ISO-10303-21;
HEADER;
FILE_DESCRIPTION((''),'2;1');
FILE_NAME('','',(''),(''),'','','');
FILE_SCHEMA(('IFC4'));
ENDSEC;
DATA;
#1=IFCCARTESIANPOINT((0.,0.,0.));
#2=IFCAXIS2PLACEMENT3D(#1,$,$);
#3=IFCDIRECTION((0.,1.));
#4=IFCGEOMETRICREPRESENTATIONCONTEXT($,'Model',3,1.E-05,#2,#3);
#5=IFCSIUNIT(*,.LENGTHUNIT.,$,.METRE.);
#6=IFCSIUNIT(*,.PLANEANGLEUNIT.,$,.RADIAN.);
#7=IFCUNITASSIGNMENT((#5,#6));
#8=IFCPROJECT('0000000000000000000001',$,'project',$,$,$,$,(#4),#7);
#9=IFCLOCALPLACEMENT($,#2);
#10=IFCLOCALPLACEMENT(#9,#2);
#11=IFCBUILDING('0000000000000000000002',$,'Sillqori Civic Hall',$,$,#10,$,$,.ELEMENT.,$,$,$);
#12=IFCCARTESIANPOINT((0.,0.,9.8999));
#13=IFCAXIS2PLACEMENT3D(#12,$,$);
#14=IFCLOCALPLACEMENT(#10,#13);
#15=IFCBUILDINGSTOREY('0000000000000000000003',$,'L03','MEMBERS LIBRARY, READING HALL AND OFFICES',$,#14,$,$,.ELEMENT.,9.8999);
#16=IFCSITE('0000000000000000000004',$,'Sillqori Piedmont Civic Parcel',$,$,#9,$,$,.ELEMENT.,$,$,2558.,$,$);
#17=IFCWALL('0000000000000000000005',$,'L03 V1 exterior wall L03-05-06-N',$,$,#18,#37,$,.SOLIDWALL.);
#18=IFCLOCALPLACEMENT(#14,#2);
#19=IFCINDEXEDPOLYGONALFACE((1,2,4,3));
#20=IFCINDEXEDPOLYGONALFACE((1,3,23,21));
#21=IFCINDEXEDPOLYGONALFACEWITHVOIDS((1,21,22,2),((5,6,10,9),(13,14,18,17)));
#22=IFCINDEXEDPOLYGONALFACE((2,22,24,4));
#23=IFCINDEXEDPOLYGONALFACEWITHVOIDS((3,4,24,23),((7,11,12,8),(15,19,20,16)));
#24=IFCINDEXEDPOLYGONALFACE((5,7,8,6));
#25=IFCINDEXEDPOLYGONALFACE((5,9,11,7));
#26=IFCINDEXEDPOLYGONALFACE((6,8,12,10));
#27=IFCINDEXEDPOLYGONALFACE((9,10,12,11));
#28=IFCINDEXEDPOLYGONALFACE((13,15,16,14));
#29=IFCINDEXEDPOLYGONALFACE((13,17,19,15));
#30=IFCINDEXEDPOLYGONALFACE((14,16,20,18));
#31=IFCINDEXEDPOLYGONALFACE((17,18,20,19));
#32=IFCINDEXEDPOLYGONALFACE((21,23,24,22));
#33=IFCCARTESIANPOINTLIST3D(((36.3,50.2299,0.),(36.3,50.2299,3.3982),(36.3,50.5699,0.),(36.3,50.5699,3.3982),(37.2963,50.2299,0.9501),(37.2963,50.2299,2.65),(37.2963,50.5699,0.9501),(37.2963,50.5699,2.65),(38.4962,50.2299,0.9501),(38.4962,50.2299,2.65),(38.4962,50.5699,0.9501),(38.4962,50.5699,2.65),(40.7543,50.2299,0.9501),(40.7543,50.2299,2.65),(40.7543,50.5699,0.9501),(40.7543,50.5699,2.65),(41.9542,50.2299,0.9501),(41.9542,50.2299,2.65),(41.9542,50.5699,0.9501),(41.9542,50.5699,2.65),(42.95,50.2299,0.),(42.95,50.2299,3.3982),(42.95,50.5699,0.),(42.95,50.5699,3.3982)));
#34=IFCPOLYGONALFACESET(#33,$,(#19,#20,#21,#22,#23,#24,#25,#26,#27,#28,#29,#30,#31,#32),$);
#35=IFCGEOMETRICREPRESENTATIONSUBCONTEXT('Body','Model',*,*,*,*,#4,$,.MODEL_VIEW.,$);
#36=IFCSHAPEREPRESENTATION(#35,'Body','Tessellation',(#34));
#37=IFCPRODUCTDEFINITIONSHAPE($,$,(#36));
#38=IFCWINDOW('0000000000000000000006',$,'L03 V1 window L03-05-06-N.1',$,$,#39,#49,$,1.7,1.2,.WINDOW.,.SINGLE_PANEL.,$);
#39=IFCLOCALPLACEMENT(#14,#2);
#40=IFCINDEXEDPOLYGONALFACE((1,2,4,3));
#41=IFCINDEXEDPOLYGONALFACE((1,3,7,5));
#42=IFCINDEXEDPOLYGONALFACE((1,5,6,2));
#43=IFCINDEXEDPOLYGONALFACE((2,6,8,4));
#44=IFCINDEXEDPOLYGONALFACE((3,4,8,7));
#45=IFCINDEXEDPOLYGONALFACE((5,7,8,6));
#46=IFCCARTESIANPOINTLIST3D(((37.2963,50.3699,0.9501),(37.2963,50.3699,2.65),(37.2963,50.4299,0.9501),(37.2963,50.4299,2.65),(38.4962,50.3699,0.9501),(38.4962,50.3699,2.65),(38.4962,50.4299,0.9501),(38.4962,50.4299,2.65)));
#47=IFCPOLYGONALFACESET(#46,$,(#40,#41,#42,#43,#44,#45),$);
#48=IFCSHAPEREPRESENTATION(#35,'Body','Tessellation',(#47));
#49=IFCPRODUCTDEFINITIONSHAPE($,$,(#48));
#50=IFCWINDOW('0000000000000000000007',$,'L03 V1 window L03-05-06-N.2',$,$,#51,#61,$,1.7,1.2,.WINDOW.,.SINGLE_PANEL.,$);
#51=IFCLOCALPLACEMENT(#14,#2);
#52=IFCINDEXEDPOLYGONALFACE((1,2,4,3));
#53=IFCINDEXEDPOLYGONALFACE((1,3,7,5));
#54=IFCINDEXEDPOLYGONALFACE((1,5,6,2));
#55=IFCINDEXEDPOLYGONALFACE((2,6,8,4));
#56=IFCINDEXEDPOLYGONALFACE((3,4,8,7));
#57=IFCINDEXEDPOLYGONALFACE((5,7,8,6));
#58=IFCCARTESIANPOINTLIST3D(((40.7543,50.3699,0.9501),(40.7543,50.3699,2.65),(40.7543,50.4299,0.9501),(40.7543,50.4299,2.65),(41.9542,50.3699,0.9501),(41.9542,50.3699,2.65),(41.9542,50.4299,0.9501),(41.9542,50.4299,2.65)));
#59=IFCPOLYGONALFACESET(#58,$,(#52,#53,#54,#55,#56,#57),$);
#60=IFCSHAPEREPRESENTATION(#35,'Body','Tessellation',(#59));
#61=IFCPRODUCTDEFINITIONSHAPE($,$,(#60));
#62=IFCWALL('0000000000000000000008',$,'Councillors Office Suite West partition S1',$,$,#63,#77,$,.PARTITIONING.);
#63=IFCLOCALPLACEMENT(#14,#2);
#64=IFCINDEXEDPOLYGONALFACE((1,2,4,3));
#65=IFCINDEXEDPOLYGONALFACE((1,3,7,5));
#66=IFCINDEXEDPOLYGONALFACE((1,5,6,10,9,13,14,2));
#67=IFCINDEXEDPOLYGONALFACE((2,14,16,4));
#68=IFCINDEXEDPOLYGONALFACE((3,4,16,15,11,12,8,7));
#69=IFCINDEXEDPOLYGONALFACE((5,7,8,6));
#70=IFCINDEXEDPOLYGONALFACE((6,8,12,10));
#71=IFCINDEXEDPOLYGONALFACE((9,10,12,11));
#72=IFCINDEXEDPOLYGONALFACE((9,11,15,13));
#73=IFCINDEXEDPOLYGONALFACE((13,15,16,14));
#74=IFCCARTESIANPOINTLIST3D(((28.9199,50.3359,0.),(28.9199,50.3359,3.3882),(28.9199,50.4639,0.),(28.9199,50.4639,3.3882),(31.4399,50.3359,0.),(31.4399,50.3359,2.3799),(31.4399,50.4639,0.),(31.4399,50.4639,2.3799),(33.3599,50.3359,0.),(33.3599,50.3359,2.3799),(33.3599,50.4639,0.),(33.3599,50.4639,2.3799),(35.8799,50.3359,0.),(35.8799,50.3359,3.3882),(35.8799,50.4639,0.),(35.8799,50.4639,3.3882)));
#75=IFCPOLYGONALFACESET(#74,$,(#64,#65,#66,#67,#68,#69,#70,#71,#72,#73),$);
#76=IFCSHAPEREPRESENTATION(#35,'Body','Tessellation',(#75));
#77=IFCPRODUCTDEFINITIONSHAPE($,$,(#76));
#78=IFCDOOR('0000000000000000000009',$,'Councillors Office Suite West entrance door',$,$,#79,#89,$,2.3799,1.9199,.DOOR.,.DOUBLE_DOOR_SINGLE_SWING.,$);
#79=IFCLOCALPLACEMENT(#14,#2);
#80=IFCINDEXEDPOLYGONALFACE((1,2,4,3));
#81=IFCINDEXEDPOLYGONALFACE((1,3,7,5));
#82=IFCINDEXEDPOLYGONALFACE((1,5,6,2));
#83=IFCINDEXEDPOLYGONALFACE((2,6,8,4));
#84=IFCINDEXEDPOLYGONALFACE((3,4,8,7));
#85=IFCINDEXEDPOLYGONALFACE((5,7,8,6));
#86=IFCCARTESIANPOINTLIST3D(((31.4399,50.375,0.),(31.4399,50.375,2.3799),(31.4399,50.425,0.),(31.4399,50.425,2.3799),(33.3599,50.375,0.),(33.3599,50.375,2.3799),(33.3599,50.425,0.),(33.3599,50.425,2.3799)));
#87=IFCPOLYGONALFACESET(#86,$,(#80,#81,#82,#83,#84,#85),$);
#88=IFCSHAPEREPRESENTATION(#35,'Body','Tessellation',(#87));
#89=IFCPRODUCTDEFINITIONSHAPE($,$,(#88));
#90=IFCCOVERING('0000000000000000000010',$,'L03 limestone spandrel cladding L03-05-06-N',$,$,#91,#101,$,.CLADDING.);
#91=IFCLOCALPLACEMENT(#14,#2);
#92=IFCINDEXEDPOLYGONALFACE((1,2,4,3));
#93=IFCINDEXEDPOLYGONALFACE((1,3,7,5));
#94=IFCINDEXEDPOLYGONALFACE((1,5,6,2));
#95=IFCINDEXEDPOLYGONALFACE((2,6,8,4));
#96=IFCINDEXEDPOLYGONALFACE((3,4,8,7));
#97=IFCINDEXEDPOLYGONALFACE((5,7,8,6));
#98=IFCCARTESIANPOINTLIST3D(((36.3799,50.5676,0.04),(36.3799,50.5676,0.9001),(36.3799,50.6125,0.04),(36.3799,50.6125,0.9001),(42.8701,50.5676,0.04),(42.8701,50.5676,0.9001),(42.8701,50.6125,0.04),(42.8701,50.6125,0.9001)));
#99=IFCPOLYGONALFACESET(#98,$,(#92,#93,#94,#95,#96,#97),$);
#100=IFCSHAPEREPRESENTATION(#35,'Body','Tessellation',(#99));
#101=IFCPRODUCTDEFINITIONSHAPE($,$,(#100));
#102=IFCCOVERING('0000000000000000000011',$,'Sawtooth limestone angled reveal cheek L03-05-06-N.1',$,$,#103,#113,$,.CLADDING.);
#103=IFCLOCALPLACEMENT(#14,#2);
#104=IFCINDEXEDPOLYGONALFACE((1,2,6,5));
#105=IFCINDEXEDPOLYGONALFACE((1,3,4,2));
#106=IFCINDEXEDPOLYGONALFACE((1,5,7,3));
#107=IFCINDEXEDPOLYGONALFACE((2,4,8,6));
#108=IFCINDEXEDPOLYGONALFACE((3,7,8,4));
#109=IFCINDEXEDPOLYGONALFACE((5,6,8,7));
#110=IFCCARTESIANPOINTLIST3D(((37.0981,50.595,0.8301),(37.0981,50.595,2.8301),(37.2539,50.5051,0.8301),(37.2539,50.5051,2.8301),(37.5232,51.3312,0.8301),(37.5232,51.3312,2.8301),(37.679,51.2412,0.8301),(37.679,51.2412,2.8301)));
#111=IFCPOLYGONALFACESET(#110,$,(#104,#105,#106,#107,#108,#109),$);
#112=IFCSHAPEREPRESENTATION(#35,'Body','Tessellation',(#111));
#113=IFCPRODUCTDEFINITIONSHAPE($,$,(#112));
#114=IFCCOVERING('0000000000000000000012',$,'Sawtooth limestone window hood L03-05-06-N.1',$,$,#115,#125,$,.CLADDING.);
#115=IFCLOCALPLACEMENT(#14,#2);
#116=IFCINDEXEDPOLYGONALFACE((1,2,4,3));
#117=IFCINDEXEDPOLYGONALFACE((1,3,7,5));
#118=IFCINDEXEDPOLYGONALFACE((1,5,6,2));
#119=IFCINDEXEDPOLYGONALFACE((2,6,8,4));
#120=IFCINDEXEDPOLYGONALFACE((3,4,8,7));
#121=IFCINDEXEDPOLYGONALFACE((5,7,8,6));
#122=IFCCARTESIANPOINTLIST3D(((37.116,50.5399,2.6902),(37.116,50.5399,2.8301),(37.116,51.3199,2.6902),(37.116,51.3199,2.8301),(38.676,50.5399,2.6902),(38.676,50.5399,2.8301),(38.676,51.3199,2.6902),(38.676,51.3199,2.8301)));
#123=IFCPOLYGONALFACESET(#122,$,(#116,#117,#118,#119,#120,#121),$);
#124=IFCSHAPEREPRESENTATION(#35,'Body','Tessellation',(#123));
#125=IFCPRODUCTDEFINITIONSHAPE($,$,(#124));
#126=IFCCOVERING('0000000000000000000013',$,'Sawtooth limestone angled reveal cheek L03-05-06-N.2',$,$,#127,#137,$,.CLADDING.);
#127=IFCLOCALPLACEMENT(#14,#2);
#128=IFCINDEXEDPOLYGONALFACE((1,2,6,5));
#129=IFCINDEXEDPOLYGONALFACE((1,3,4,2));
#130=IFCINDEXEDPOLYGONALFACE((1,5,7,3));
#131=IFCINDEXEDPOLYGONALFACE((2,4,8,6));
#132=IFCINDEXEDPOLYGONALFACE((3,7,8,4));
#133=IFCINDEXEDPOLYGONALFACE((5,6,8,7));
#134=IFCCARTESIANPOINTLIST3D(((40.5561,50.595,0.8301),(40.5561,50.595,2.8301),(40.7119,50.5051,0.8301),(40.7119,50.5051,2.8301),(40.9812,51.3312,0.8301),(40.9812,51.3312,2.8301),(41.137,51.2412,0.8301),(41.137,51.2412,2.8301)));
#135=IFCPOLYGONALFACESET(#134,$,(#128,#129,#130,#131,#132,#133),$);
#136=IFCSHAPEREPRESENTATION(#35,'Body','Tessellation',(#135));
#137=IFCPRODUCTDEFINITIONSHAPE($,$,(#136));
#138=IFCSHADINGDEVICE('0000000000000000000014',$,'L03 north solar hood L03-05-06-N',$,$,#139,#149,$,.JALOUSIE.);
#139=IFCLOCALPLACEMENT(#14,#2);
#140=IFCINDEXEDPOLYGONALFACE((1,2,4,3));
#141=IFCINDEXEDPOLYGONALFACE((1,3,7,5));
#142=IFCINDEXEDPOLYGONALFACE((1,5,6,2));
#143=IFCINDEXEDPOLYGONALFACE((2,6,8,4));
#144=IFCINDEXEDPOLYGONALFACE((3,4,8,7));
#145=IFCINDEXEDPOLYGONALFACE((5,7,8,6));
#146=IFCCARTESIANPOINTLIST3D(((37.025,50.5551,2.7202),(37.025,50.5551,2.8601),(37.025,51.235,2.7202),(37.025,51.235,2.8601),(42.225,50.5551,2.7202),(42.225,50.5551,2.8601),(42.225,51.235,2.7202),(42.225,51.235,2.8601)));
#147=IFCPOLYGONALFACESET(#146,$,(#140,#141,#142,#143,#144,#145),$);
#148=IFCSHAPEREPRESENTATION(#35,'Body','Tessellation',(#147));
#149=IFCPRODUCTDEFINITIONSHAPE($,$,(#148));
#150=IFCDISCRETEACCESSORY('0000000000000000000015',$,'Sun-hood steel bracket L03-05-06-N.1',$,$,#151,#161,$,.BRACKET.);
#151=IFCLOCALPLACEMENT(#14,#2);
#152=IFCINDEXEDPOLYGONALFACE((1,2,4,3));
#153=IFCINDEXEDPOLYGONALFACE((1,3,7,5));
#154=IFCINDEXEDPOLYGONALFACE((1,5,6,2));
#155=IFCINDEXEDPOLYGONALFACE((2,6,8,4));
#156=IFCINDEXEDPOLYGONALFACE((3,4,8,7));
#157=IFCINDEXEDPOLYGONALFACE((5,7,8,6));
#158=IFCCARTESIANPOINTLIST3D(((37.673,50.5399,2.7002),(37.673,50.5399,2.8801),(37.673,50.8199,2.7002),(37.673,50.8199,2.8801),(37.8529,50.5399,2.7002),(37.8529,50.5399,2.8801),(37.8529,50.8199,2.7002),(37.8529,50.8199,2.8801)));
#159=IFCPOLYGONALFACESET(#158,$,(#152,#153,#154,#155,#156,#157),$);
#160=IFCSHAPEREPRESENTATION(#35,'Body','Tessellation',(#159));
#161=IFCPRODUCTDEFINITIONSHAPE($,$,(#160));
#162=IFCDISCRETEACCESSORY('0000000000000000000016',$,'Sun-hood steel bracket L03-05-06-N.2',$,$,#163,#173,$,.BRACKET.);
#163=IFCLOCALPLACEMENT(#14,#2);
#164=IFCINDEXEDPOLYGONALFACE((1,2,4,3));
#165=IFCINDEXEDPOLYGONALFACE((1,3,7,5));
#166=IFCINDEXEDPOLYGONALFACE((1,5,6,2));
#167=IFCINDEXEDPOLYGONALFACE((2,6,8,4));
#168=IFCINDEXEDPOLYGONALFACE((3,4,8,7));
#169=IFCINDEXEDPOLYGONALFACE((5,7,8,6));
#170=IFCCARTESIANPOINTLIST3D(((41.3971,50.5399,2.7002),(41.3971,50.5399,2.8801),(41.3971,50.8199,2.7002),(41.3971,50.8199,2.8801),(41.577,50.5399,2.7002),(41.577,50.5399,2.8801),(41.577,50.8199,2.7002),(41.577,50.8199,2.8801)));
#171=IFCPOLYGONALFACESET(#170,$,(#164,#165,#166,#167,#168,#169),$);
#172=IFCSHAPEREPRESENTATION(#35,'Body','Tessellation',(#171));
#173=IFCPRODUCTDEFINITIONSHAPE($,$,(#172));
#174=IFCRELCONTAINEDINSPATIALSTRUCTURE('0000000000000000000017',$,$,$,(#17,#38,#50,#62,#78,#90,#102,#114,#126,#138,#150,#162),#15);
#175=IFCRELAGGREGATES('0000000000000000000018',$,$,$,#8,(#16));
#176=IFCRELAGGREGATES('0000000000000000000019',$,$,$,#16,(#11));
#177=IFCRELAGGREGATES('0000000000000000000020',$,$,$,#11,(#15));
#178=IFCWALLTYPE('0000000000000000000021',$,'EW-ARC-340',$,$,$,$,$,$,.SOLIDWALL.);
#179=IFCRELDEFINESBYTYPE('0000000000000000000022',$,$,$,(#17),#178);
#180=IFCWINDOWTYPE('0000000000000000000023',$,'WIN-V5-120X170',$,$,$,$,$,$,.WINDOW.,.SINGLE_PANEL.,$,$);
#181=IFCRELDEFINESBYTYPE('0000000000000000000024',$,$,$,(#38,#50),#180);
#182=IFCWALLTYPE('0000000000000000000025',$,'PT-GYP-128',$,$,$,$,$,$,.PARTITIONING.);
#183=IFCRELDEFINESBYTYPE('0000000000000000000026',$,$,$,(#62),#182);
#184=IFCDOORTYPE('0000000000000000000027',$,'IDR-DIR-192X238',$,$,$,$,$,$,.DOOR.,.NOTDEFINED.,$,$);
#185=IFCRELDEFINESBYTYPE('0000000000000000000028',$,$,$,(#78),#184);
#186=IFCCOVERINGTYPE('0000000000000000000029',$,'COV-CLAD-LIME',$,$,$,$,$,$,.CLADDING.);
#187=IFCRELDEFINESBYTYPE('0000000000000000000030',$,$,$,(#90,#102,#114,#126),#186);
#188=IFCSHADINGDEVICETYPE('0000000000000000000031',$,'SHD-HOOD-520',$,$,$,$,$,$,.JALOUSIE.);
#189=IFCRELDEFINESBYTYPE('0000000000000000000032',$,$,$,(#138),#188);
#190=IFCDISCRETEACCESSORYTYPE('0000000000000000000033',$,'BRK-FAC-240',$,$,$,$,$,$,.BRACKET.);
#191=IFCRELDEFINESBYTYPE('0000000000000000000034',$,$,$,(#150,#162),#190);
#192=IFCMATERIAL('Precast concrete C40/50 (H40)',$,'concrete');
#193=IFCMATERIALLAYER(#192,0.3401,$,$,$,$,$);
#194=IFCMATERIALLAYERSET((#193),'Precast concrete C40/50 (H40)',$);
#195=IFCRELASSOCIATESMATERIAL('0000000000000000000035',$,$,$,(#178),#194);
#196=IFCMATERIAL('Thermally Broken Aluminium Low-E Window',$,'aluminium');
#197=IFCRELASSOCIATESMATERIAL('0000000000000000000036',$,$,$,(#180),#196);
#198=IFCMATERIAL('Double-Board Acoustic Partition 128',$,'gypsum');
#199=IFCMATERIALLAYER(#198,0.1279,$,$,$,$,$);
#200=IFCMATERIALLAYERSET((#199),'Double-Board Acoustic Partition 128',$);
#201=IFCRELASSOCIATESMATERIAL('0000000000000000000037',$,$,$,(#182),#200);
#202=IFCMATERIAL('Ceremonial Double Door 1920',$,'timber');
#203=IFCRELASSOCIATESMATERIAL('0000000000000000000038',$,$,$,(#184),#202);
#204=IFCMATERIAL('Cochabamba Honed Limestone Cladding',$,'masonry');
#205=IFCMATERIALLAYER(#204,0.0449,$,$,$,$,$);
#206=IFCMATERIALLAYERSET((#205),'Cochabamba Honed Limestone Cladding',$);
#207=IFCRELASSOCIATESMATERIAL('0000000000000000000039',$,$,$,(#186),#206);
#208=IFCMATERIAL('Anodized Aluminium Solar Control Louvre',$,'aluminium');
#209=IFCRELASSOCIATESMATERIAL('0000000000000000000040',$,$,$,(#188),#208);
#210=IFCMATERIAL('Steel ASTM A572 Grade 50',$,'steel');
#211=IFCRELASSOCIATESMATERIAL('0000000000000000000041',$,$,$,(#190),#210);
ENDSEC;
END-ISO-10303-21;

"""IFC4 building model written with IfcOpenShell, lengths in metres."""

from ifc_helpers import new_model, si_unit, direction, frame, frame_2d, origin, origin_2d, place, context, subcontext, project, spatial, rectangle, extrude, material, layer, layer_set, type_object, element, fill, save


model = new_model("IFC4")

# Units and contexts
model_context = context("Model", 3, precision=1e-05, world=origin(), true_north=direction((0.0, 1.0)))
body_context = subcontext(model_context, "Body", "Model", "MODEL_VIEW")
ifc_project = project(units=[si_unit("LENGTHUNIT", "METRE"), si_unit("PLANEANGLEUNIT", "RADIAN")], contexts=[model_context])

# Site, building, storey
site_placement = place(None, origin())
site = spatial("IfcSite", under=ifc_project, at=site_placement, Name="Sillqori Piedmont Civic Parcel", CompositionType="ELEMENT", RefElevation=2558.0)
building_placement = place(site_placement, origin())
building = spatial("IfcBuilding", under=site, at=building_placement, Name="Sillqori Civic Hall", CompositionType="ELEMENT")
storey_placement = place(building_placement, frame((0.0, 0.0, 9.8999)))
storey = spatial("IfcBuildingStorey", under=building, at=storey_placement, Name="L03", Description="MEMBERS LIBRARY, READING HALL AND OFFICES", CompositionType="ELEMENT", Elevation=9.8999)

# Wall, openings, windows
ifc_material_1 = material(Name="Precast concrete C40/50 (H40)", Category="concrete")
ifc_layer_1 = layer(ifc_material_1, 0.3401)
ifc_layer_set_1 = layer_set([ifc_layer_1], Name="Precast concrete C40/50 (H40)")
wall_type_1 = type_object("IfcWallType", Name="EW-ARC-340", PredefinedType="SOLIDWALL", material=ifc_layer_set_1)
wall_1_placement = place(storey_placement, frame((36.3, 50.3999, 0.0), z_axis=(0.0, 0.0, 1.0), x_axis=(1.0, 0.0, 0.0)))
wall_1 = element("IfcWall", 1, at=wall_1_placement, inside=storey, type_object=wall_type_1, Name="L03 V1 exterior wall L03-05-06-N", PredefinedType="SOLIDWALL", context=body_context, shape_type="SweptSolid", body=[
    extrude(rectangle(XDim=6.6499, YDim=0.3401, at=frame_2d((3.325, 0.0))), origin(), (0.0, 0.0, 1.0), 3.3982),
])
opening_1_placement = place(wall_1_placement, frame((0.9961, 0.0, 0.95)))
opening_1 = element("IfcOpeningElement", 2, at=opening_1_placement, cuts=wall_1, PredefinedType="OPENING", context=body_context, shape_type="SweptSolid", body=[
    extrude(rectangle(XDim=1.2, YDim=1.7, at=frame_2d((0.6001, 0.8501))), frame((0.0, 0.1799, 0.0), z_axis=(0.0, -1.0, 0.0), x_axis=(1.0, 0.0, 0.0)), (0.0, 0.0, 1.0), 0.3601),
])
opening_2_placement = place(wall_1_placement, frame((4.4541, 0.0, 0.95)))
opening_2 = element("IfcOpeningElement", 3, at=opening_2_placement, cuts=wall_1, PredefinedType="OPENING", context=body_context, shape_type="SweptSolid", body=[
    extrude(rectangle(XDim=1.2, YDim=1.7, at=frame_2d((0.6001, 0.8501))), frame((0.0, 0.1799, 0.0), z_axis=(0.0, -1.0, 0.0), x_axis=(1.0, 0.0, 0.0)), (0.0, 0.0, 1.0), 0.3601),
])
ifc_material_2 = material(Name="Thermally Broken Aluminium Low-E Window", Category="aluminium")
window_type = type_object("IfcWindowType", Name="WIN-V5-120X170", PartitioningType="SINGLE_PANEL", PredefinedType="WINDOW", material=ifc_material_2)
window_1_placement = place(opening_1_placement, origin())
window_1 = element("IfcWindow", 4, at=window_1_placement, inside=storey, type_object=window_type, Name="L03 V1 window L03-05-06-N.1", OverallHeight=1.7, OverallWidth=1.2, PartitioningType="SINGLE_PANEL", PredefinedType="WINDOW", context=body_context, shape_type="SweptSolid", body=[
    extrude(rectangle(XDim=1.2, YDim=1.7, at=frame_2d((0.6001, 0.8501))), frame((0.0, 0.03, 0.0), z_axis=(0.0, -1.0, 0.0), x_axis=(1.0, 0.0, 0.0)), (0.0, 0.0, 1.0), 0.0601),
])
fill(opening_1, window_1)
window_2_placement = place(opening_2_placement, origin())
window_2 = element("IfcWindow", 5, at=window_2_placement, inside=storey, type_object=window_type, Name="L03 V1 window L03-05-06-N.2", OverallHeight=1.7, OverallWidth=1.2, PartitioningType="SINGLE_PANEL", PredefinedType="WINDOW", context=body_context, shape_type="SweptSolid", body=[
    extrude(rectangle(XDim=1.2, YDim=1.7, at=frame_2d((0.6001, 0.8501))), frame((0.0, 0.03, 0.0), z_axis=(0.0, -1.0, 0.0), x_axis=(1.0, 0.0, 0.0)), (0.0, 0.0, 1.0), 0.0601),
])
fill(opening_2, window_2)

# Wall, opening, door
ifc_material_3 = material(Name="Double-Board Acoustic Partition 128", Category="gypsum")
ifc_layer_2 = layer(ifc_material_3, 0.1279)
ifc_layer_set_2 = layer_set([ifc_layer_2], Name="Double-Board Acoustic Partition 128")
wall_type_2 = type_object("IfcWallType", Name="PT-GYP-128", PredefinedType="PARTITIONING", material=ifc_layer_set_2)
wall_2_placement = place(storey_placement, frame((35.8799, 50.3999, 0.0), z_axis=(0.0, 0.0, 1.0), x_axis=(-1.0, 0.0, 0.0)))
wall_2 = element("IfcWall", 6, at=wall_2_placement, inside=storey, type_object=wall_type_2, Name="Councillors Office Suite West partition S1", PredefinedType="PARTITIONING", context=body_context, shape_type="SweptSolid", body=[
    extrude(rectangle(XDim=6.96, YDim=0.1279, at=frame_2d((3.48, 0.0))), origin(), (0.0, 0.0, 1.0), 3.3882),
])
opening_3_placement = place(wall_2_placement, frame((2.52, 0.0, 0.0)))
opening_3 = element("IfcOpeningElement", 7, at=opening_3_placement, cuts=wall_2, PredefinedType="OPENING", context=body_context, shape_type="SweptSolid", body=[
    extrude(rectangle(XDim=1.9199, YDim=2.3799, at=frame_2d((0.96, 1.1899))), frame((0.0, 0.074, 0.0), z_axis=(0.0, -1.0, 0.0), x_axis=(1.0, 0.0, 0.0)), (0.0, 0.0, 1.0), 0.1479),
])
ifc_material_4 = material(Name="Ceremonial Double Door 1920", Category="timber")
door_type = type_object("IfcDoorType", Name="IDR-DIR-192X238", OperationType="NOTDEFINED", PredefinedType="DOOR", material=ifc_material_4)
door_placement = place(opening_3_placement, origin())
door = element("IfcDoor", 8, at=door_placement, inside=storey, type_object=door_type, Name="Councillors Office Suite West entrance door", OperationType="DOUBLE_DOOR_SINGLE_SWING", OverallHeight=2.3799, OverallWidth=1.9199, PredefinedType="DOOR", context=body_context, shape_type="SweptSolid", body=[
    extrude(rectangle(XDim=1.9199, YDim=2.3799, at=frame_2d((0.96, 1.1899))), frame((0.0, 0.0249, 0.0), z_axis=(0.0, -1.0, 0.0), x_axis=(1.0, 0.0, 0.0)), (0.0, 0.0, 1.0), 0.05),
])
fill(opening_3, door)

# Coverings
ifc_material_5 = material(Name="Cochabamba Honed Limestone Cladding", Category="masonry")
ifc_layer_3 = layer(ifc_material_5, 0.0449)
ifc_layer_set_3 = layer_set([ifc_layer_3], Name="Cochabamba Honed Limestone Cladding")
covering_type = type_object("IfcCoveringType", Name="COV-CLAD-LIME", PredefinedType="CLADDING", material=ifc_layer_set_3)
covering_1_placement = place(storey_placement, frame((36.3799, 50.5901, 0.04), z_axis=(0.0, 0.0, 1.0), x_axis=(1.0, 0.0, 0.0)))
element("IfcCovering", 9, at=covering_1_placement, inside=storey, type_object=covering_type, Name="L03 limestone spandrel cladding L03-05-06-N", PredefinedType="CLADDING", context=body_context, shape_type="SweptSolid", body=[
    extrude(rectangle(XDim=6.4902, YDim=0.0449, at=frame_2d((3.2451, 0.0))), origin(), (0.0, 0.0, 1.0), 0.8601),
])
covering_2_placement = place(storey_placement, frame((37.176, 50.55, 0.8301), z_axis=(0.0, 0.0, 1.0), x_axis=(0.500062, 0.865989, 0.0)))
element("IfcCovering", 10, at=covering_2_placement, inside=storey, type_object=covering_type, Name="Sawtooth limestone angled reveal cheek L03-05-06-N.1", PredefinedType="CLADDING", context=body_context, shape_type="SweptSolid", body=[
    extrude(rectangle(XDim=0.8501, YDim=0.1799, at=frame_2d((0.425, 0.0))), origin(), (0.0, 0.0, 1.0), 2.0),
])
covering_3_placement = place(storey_placement, frame((37.116, 50.9299, 2.6902), z_axis=(0.0, 0.0, 1.0), x_axis=(1.0, 0.0, 0.0)))
element("IfcCovering", 11, at=covering_3_placement, inside=storey, type_object=covering_type, Name="Sawtooth limestone window hood L03-05-06-N.1", PredefinedType="CLADDING", context=body_context, shape_type="SweptSolid", body=[
    extrude(rectangle(XDim=1.5601, YDim=0.78, at=frame_2d((0.78, 0.0))), origin(), (0.0, 0.0, 1.0), 0.1399),
])
covering_4_placement = place(storey_placement, frame((40.634, 50.55, 0.8301), z_axis=(0.0, 0.0, 1.0), x_axis=(0.500062, 0.865989, 0.0)))
element("IfcCovering", 12, at=covering_4_placement, inside=storey, type_object=covering_type, Name="Sawtooth limestone angled reveal cheek L03-05-06-N.2", PredefinedType="CLADDING", context=body_context, shape_type="SweptSolid", body=[
    extrude(rectangle(XDim=0.8501, YDim=0.1799, at=frame_2d((0.425, 0.0))), origin(), (0.0, 0.0, 1.0), 2.0),
])

# Shading device
ifc_material_6 = material(Name="Anodized Aluminium Solar Control Louvre", Category="aluminium")
shading_device_type = type_object("IfcShadingDeviceType", Name="SHD-HOOD-520", PredefinedType="JALOUSIE", material=ifc_material_6)
shading_device_placement = place(storey_placement, frame((39.625, 50.895, 2.7202), z_axis=(0.0, 0.0, 1.0), x_axis=(1.0, 0.0, 0.0)))
element("IfcShadingDevice", 13, at=shading_device_placement, inside=storey, type_object=shading_device_type, Name="L03 north solar hood L03-05-06-N", PredefinedType="JALOUSIE", context=body_context, shape_type="SweptSolid", body=[
    extrude(rectangle(XDim=5.2, YDim=0.6799, at=origin_2d()), origin(), (0.0, 0.0, 1.0), 0.1399),
])

# Discrete accessories
ifc_material_7 = material(Name="Steel ASTM A572 Grade 50", Category="steel")
discrete_accessory_type = type_object("IfcDiscreteAccessoryType", Name="BRK-FAC-240", PredefinedType="BRACKET", material=ifc_material_7)
for number, where, z_axis, x_axis, name in (
    (14, (37.7629, 50.6799, 2.7002), (0.0, 0.0, 1.0), (1.0, 0.0, 0.0), "Sun-hood steel bracket L03-05-06-N.1"),
    (15, (41.4871, 50.6799, 2.7002), (0.0, 0.0, 1.0), (1.0, 0.0, 0.0), "Sun-hood steel bracket L03-05-06-N.2"),
):
    element("IfcDiscreteAccessory", number, at=place(storey_placement, frame(where, z_axis=z_axis, x_axis=x_axis)), inside=storey, type_object=discrete_accessory_type, Name=name, PredefinedType="BRACKET", context=body_context, shape_type="SweptSolid", body=[
        extrude(rectangle(XDim=0.1799, YDim=0.28, at=origin_2d()), origin(), (0.0, 0.0, 1.0), 0.1799),
    ])

save(model, "model.ifc")
